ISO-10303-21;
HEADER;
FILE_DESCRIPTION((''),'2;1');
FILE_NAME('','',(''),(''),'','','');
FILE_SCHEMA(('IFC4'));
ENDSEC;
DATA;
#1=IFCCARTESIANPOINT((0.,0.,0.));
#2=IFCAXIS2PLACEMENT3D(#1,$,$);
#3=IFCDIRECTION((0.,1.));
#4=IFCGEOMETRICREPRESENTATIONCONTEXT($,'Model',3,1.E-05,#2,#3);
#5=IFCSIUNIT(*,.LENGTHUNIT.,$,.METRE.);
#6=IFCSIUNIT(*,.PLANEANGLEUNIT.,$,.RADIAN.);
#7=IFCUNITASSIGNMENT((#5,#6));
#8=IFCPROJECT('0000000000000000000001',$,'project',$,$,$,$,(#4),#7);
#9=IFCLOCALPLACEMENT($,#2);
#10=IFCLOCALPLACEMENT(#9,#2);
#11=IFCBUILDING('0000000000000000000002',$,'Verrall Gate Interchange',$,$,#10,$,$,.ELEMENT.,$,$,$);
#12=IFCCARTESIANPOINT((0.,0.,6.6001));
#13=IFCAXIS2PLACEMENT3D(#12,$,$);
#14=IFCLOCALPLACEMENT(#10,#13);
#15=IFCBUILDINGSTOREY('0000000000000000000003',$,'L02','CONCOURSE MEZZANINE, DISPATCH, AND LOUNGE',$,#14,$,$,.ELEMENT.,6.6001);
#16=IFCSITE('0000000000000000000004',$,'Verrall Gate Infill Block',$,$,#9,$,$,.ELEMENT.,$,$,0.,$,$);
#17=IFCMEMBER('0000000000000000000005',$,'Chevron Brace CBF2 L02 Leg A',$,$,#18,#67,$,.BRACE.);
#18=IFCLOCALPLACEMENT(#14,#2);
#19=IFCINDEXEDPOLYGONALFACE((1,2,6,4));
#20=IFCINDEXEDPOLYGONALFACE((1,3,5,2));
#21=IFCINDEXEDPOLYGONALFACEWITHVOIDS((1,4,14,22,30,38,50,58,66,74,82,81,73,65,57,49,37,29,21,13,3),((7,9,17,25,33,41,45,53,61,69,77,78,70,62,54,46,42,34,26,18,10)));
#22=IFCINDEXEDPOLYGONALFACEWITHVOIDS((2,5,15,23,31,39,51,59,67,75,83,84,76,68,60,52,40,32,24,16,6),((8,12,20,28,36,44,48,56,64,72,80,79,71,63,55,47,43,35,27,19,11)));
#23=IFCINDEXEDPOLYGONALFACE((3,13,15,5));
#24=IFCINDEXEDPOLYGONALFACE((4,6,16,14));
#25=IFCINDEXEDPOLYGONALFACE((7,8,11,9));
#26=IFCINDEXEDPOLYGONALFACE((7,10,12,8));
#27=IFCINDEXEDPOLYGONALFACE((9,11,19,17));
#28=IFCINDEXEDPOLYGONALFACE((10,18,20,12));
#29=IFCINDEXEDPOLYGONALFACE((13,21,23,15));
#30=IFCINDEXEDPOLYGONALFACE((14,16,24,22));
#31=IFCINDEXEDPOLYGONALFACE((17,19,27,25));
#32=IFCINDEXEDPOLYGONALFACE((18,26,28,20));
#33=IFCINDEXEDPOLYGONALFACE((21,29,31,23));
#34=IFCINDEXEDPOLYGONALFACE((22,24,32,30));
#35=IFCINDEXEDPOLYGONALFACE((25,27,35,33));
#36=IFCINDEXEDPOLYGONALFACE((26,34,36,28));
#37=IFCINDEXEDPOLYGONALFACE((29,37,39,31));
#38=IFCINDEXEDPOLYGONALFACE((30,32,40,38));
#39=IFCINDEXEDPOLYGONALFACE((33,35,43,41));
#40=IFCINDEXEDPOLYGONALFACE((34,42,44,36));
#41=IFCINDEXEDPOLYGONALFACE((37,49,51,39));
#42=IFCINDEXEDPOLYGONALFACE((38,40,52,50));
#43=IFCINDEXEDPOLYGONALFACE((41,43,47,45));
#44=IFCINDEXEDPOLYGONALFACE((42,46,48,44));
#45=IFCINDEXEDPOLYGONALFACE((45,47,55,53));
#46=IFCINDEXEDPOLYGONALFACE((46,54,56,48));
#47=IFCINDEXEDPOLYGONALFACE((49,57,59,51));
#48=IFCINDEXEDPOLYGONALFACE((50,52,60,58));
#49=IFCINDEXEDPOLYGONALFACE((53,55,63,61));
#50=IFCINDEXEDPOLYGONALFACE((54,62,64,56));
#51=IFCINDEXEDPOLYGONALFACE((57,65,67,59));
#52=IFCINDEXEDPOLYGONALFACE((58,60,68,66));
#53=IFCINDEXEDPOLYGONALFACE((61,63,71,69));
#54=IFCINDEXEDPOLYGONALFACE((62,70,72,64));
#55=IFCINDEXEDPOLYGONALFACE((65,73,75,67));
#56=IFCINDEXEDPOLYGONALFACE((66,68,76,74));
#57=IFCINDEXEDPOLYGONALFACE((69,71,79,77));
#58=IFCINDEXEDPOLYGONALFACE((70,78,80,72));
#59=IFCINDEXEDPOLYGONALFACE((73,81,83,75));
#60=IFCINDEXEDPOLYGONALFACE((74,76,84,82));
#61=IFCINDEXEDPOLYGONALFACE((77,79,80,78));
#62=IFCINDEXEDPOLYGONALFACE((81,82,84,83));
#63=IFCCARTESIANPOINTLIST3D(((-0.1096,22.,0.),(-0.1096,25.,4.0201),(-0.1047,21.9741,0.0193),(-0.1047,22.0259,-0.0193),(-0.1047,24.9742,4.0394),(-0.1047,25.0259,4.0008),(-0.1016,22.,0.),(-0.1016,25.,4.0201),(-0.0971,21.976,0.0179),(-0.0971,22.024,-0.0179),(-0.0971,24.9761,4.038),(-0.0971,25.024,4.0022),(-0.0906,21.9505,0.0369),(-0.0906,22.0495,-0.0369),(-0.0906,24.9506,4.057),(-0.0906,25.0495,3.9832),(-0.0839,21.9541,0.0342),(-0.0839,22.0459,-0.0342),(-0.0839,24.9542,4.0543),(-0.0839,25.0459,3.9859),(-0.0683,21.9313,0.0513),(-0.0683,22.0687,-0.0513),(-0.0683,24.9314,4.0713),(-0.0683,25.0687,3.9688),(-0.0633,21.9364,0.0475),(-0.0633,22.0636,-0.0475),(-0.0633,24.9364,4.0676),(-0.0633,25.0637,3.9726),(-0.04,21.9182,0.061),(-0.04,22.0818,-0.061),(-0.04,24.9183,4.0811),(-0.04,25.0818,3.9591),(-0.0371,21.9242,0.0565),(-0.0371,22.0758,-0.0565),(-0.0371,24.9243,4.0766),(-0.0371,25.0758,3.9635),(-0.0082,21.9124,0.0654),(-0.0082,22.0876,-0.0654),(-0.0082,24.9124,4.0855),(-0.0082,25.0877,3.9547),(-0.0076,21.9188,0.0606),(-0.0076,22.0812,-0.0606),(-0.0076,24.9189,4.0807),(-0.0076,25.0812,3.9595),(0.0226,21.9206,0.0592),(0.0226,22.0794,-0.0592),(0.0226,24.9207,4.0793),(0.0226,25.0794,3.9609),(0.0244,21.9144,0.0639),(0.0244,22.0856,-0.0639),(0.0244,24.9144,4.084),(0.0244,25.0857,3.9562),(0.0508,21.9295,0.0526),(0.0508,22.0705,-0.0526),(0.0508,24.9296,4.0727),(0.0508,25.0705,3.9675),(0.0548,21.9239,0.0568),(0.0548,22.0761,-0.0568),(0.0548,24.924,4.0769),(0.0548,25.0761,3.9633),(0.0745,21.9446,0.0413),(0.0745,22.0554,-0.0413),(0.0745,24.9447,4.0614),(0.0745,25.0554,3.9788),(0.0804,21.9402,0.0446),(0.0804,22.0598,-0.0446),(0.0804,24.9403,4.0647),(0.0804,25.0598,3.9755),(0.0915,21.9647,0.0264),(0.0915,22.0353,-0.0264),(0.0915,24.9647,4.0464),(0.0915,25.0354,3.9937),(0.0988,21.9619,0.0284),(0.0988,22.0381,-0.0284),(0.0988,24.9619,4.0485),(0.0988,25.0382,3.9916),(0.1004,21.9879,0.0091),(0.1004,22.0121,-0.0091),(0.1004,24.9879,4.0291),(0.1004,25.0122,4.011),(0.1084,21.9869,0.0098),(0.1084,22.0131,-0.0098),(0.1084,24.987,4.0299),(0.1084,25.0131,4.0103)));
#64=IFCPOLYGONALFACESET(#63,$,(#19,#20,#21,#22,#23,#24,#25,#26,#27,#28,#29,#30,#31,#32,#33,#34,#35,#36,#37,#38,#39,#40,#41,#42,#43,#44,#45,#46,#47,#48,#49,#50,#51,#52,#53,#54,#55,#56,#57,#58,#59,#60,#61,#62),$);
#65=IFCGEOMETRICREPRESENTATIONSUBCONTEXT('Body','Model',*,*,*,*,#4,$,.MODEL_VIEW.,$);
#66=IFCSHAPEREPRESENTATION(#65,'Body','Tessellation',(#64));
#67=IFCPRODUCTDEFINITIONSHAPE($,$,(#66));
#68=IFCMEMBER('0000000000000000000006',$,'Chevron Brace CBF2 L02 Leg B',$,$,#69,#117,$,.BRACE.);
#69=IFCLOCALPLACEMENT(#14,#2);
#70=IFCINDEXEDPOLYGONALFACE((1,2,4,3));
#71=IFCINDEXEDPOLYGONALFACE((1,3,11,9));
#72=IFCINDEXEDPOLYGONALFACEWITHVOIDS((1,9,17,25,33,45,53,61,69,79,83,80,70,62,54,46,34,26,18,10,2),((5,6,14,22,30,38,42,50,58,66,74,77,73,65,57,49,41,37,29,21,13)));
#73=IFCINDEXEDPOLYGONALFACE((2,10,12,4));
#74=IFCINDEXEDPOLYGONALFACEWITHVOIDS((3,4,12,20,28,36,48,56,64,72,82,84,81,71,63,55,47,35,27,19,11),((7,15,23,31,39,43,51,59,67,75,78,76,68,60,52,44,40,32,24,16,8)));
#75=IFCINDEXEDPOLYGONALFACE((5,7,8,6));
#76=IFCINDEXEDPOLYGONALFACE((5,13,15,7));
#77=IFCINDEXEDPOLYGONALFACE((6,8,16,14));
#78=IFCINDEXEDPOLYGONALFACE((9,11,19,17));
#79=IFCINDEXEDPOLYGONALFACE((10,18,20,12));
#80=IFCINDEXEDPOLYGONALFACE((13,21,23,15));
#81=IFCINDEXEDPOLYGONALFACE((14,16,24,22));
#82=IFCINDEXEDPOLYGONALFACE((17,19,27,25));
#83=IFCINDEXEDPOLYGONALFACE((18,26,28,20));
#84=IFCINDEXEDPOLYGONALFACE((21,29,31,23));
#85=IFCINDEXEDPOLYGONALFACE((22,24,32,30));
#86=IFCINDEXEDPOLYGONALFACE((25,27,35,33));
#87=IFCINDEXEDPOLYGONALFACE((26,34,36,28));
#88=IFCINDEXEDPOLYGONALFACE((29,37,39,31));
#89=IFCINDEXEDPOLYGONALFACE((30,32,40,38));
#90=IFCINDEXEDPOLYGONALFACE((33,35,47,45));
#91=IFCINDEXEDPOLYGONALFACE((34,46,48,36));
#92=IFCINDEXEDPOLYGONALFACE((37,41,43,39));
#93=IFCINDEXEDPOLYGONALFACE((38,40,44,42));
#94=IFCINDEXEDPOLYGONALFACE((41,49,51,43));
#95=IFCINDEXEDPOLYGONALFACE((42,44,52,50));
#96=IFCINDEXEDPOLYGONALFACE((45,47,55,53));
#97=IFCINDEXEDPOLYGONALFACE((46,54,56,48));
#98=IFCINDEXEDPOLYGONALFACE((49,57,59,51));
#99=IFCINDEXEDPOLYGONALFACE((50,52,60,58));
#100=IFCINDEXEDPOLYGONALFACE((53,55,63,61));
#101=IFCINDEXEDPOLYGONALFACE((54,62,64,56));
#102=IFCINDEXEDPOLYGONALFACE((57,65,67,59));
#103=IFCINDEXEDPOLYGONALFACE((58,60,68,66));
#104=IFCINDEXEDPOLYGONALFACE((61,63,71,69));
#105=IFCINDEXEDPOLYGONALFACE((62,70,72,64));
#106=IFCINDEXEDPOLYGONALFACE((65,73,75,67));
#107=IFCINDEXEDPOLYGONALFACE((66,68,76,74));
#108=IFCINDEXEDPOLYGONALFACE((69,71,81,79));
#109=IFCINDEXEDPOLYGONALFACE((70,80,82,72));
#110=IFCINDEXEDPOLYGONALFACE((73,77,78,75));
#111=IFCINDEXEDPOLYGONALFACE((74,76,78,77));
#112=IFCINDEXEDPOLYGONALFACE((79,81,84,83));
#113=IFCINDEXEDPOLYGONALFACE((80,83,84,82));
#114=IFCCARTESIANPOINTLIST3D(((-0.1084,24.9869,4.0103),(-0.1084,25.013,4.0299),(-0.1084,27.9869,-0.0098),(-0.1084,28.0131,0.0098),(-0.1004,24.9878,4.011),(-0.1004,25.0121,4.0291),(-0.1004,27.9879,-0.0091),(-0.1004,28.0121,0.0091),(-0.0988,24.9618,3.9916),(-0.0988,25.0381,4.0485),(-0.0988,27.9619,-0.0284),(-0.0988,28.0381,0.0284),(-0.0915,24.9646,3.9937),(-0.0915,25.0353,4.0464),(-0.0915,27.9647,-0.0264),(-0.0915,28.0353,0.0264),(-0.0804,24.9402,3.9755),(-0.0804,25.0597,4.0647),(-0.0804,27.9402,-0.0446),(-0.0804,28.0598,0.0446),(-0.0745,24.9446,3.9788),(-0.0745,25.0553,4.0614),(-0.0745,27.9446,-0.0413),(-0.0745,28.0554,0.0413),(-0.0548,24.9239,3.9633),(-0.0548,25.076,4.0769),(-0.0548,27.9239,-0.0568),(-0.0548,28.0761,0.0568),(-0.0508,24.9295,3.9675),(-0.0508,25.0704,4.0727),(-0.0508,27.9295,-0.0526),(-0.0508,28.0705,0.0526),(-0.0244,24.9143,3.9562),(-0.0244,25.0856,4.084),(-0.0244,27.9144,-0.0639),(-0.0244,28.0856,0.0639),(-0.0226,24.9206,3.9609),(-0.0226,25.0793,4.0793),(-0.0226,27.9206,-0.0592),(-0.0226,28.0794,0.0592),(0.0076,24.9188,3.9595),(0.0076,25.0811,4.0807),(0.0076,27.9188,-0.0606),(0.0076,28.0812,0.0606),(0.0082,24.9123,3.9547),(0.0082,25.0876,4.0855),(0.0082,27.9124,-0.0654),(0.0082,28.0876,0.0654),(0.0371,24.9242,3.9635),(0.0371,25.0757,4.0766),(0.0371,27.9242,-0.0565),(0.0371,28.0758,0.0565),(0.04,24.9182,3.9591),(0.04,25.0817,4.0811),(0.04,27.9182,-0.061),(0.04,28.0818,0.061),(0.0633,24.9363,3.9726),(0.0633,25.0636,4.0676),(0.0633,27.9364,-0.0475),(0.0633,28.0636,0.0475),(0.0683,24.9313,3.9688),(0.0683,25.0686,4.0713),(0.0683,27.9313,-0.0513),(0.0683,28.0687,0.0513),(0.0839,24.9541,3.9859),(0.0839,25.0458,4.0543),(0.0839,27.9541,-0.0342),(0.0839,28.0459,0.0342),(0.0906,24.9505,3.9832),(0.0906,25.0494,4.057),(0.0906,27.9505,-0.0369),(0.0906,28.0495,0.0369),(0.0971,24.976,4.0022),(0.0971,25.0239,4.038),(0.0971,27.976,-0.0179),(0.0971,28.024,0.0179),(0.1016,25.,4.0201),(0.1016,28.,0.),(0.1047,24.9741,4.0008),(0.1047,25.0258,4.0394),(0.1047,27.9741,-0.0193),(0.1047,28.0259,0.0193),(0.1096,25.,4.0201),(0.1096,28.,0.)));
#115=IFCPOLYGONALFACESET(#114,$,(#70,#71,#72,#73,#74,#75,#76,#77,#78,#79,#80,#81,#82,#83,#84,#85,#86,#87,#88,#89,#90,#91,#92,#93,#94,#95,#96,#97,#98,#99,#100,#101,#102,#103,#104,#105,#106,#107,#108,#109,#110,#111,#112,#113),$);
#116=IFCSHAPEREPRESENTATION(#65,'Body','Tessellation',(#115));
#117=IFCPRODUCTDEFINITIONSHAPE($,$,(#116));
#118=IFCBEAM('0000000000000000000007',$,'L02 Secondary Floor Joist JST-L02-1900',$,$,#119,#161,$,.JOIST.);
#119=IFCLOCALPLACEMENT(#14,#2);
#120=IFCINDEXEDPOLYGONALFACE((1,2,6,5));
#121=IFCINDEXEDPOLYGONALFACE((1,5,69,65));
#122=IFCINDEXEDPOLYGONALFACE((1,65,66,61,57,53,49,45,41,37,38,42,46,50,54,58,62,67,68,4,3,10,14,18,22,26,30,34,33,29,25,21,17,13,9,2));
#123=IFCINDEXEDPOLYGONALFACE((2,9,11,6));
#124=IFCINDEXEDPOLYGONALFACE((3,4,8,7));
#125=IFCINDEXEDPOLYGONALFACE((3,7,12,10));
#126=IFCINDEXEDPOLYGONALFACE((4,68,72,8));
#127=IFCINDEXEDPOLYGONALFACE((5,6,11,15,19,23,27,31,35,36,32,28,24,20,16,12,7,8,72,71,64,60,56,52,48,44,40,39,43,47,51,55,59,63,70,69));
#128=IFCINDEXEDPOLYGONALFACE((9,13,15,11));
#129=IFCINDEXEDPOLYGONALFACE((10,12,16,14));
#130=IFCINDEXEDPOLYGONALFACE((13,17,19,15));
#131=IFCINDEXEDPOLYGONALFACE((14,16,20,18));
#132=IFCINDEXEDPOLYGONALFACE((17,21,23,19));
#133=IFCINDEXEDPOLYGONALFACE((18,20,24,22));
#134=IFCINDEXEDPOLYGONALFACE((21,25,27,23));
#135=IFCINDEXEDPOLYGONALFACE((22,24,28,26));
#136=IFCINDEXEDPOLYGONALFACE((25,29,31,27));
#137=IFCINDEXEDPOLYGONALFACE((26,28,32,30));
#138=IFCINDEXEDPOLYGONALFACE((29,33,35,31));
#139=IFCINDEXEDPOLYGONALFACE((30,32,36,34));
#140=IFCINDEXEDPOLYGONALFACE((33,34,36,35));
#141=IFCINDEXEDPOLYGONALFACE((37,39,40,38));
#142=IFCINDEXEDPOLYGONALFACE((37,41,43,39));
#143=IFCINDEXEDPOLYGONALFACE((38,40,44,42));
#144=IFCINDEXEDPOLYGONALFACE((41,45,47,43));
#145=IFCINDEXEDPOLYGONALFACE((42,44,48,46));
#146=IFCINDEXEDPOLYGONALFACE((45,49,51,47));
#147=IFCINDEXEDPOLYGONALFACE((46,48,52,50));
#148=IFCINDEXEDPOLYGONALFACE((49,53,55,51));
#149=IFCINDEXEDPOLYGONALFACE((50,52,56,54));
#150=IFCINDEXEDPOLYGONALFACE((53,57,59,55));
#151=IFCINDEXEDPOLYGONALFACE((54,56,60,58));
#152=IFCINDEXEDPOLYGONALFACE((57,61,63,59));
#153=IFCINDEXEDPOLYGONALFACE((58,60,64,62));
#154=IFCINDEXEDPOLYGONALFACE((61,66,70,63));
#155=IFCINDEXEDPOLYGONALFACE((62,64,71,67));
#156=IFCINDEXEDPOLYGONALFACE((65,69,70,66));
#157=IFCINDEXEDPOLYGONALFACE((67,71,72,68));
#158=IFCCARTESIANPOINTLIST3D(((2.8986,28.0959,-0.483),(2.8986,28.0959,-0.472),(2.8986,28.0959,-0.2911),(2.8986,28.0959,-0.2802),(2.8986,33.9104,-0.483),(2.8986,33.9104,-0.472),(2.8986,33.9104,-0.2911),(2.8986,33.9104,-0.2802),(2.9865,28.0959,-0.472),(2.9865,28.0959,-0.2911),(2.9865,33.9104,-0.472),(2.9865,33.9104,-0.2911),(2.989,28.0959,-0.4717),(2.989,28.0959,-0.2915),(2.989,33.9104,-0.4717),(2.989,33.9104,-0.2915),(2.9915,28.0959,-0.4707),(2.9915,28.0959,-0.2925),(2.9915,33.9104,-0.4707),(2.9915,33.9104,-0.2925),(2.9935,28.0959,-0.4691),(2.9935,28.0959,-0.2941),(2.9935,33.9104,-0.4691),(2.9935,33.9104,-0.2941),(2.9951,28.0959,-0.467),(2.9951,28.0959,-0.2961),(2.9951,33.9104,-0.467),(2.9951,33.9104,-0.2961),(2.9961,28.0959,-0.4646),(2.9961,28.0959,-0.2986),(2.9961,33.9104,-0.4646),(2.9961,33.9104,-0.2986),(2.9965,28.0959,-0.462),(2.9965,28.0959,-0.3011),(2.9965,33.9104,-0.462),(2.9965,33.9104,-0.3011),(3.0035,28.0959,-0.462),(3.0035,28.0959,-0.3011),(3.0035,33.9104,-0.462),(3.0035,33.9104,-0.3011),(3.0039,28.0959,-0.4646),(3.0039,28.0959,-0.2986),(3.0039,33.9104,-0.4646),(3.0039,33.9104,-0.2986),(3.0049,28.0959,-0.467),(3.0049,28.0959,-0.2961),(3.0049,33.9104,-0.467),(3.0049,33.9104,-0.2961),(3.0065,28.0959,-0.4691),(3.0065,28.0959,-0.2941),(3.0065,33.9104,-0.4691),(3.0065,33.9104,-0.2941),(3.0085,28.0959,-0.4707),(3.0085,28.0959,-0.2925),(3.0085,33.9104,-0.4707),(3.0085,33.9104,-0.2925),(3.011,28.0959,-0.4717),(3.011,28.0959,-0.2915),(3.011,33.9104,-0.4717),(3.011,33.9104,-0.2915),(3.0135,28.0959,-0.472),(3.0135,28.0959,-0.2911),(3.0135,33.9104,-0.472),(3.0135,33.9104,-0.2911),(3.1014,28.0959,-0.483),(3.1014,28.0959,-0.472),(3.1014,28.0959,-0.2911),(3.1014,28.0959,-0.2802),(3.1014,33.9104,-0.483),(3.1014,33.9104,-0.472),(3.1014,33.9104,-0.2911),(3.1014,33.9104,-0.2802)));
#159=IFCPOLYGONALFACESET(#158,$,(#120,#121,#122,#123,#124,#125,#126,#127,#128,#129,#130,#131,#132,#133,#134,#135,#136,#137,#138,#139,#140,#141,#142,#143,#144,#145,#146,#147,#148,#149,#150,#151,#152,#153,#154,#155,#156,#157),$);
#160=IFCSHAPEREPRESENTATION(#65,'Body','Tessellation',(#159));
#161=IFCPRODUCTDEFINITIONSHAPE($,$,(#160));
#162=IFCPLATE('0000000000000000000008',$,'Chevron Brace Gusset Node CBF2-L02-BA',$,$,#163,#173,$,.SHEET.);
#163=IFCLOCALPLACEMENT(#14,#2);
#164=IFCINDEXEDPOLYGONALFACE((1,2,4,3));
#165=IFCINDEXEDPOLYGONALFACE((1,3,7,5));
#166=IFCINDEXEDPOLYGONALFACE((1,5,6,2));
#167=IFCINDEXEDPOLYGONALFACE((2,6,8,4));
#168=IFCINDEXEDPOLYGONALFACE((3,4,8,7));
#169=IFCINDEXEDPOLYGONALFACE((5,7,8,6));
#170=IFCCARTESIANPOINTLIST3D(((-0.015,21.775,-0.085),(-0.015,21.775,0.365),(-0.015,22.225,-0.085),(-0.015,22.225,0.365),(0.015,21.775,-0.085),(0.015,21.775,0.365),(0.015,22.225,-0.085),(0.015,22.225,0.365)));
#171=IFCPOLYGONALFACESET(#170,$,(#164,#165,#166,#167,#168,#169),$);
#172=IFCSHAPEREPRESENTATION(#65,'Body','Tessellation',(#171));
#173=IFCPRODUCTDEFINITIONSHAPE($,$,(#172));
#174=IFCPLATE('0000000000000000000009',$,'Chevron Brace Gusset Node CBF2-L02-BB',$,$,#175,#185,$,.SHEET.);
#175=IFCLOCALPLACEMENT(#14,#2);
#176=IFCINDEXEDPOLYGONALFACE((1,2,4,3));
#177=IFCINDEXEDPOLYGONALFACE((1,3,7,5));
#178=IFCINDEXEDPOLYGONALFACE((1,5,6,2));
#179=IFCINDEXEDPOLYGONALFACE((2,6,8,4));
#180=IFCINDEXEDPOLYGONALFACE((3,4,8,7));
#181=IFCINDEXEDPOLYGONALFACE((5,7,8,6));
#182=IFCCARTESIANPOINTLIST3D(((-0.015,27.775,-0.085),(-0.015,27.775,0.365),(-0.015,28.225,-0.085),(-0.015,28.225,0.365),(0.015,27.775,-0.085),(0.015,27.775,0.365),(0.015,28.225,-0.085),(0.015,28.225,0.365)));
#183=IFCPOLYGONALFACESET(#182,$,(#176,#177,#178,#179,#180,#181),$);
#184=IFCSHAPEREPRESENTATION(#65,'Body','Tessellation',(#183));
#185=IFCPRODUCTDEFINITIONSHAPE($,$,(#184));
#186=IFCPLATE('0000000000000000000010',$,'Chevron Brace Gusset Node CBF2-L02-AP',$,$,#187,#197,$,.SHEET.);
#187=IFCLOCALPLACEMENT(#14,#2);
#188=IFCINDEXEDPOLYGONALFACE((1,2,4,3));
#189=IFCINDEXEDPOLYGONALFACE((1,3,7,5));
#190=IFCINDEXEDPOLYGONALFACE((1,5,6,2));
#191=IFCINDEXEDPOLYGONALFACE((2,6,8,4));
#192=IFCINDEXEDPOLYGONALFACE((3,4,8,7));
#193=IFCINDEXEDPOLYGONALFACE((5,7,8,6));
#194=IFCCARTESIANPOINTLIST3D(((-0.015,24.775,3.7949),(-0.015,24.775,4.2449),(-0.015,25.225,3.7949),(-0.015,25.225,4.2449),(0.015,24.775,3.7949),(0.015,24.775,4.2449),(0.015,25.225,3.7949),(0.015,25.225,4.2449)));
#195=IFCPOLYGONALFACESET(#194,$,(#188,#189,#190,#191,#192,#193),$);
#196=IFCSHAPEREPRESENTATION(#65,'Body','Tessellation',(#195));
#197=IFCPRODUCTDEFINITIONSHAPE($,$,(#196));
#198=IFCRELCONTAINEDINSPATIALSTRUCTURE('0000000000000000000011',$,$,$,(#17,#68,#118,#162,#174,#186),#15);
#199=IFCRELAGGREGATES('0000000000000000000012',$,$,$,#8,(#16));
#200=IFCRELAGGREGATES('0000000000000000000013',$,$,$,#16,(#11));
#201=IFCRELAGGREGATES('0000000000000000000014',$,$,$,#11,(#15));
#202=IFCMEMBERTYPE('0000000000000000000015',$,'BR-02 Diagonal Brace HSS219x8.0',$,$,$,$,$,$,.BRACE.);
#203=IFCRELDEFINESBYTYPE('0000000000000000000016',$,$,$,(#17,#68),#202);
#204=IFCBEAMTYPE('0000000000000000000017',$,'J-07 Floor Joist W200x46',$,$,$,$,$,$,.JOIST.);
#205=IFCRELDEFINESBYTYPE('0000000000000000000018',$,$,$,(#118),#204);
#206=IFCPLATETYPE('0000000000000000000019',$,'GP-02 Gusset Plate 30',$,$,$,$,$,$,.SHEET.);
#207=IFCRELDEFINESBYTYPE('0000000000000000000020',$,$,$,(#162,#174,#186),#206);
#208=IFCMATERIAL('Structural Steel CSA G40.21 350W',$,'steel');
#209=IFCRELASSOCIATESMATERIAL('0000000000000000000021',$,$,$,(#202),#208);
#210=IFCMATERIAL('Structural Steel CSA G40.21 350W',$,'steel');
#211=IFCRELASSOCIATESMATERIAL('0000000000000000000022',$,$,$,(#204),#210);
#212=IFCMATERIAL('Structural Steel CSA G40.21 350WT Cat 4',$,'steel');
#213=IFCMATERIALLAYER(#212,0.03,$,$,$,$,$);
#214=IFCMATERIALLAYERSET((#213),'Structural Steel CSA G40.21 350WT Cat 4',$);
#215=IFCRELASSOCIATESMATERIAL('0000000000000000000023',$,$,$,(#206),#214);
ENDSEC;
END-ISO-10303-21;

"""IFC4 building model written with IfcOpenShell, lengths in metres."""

from ifc_helpers import new_model, si_unit, direction, frame, origin, origin_2d, place, context, subcontext, project, spatial, rectangle, hollow_circle, i_section, extrude, material, layer, layer_set, material_profile, profile_set, type_object, element, save


model = new_model("IFC4")

# Units and contexts
model_context = context("Model", 3, precision=1e-05, world=origin(), true_north=direction((0.0, 1.0)))
body_context = subcontext(model_context, "Body", "Model", "MODEL_VIEW")
ifc_project = project(units=[si_unit("LENGTHUNIT", "METRE"), si_unit("PLANEANGLEUNIT", "RADIAN")], contexts=[model_context])

# Site, building, storey
site_placement = place(None, origin())
site = spatial("IfcSite", under=ifc_project, at=site_placement, Name="Verrall Gate Infill Block", CompositionType="ELEMENT", RefElevation=0.0)
building_placement = place(site_placement, origin())
building = spatial("IfcBuilding", under=site, at=building_placement, Name="Verrall Gate Interchange", CompositionType="ELEMENT")
storey_placement = place(building_placement, frame((0.0, 0.0, 6.6001)))
storey = spatial("IfcBuildingStorey", under=building, at=storey_placement, Name="L02", Description="CONCOURSE MEZZANINE, DISPATCH, AND LOUNGE", CompositionType="ELEMENT", Elevation=6.6001)

# Members
ifc_material_1 = material(Name="Structural Steel CSA G40.21 350W", Category="steel")
ifc_material_profile_1 = material_profile(ifc_material_1, hollow_circle(Radius=0.1096, WallThickness=0.0081, at=origin_2d()), Name="HSS219x8.0")
ifc_profile_set_1 = profile_set([ifc_material_profile_1], Name="Structural Steel CSA G40.21 350W")
member_type = type_object("IfcMemberType", Name="BR-02 Diagonal Brace HSS219x8.0", PredefinedType="BRACE", material=ifc_profile_set_1)
for number, where, z_axis, x_axis, name in (
    (1, (0.0, 22.0, 0.0), (0.0, 0.598083, 0.801435), (-1.0, 0.0, 0.0), "Chevron Brace CBF2 L02 Leg A"),
    (2, (0.0, 28.0, 0.0), (0.0, -0.598083, 0.801435), (1.0, 0.0, 0.0), "Chevron Brace CBF2 L02 Leg B"),
):
    element("IfcMember", number, at=place(storey_placement, frame(where, z_axis=z_axis, x_axis=x_axis)), inside=storey, type_object=member_type, Name=name, PredefinedType="BRACE", context=body_context, shape_type="SweptSolid", body=[
        extrude(hollow_circle(Radius=0.1096, WallThickness=0.0081, at=origin_2d()), origin(), (0.0, 0.0, 1.0), 5.0161),
    ])

# Beam
ifc_material_2 = material(Name="Structural Steel CSA G40.21 350W", Category="steel")
ifc_material_profile_2 = material_profile(ifc_material_2, i_section(OverallWidth=0.2029, OverallDepth=0.2029, WebThickness=0.0071, FlangeThickness=0.011, FilletRadius=0.01, at=origin_2d()), Name="W200x46")
ifc_profile_set_2 = profile_set([ifc_material_profile_2], Name="Structural Steel CSA G40.21 350W")
beam_type_1 = type_object("IfcBeamType", Name="J-07 Floor Joist W200x46", PredefinedType="JOIST", material=ifc_profile_set_2)
beam_1_placement = place(storey_placement, frame((3.0, 28.0959, -0.3816), z_axis=(0.0, 1.0, 0.0), x_axis=(-1.0, 0.0, 0.0)))
element("IfcBeam", 3, at=beam_1_placement, inside=storey, type_object=beam_type_1, Name="L02 Secondary Floor Joist JST-L02-1900", PredefinedType="JOIST", context=body_context, shape_type="SweptSolid", body=[
    extrude(i_section(OverallWidth=0.2029, OverallDepth=0.2029, WebThickness=0.0071, FlangeThickness=0.011, FilletRadius=0.01, at=origin_2d()), origin(), (0.0, 0.0, 1.0), 5.8145),
])

# Plates
ifc_material_3 = material(Name="Structural Steel CSA G40.21 350WT Cat 4", Category="steel")
ifc_layer_1 = layer(ifc_material_3, 0.03)
ifc_layer_set_1 = layer_set([ifc_layer_1], Name="Structural Steel CSA G40.21 350WT Cat 4")
plate_type = type_object("IfcPlateType", Name="GP-02 Gusset Plate 30", PredefinedType="SHEET", material=ifc_layer_set_1)
for number, where, z_axis, x_axis, name in (
    (4, (0.0, 22.0, -0.085), (0.0, 0.0, 1.0), (1.0, 0.0, 0.0), "Chevron Brace Gusset Node CBF2-L02-BA"),
    (5, (0.0, 28.0, -0.085), (0.0, 0.0, 1.0), (1.0, 0.0, 0.0), "Chevron Brace Gusset Node CBF2-L02-BB"),
    (6, (0.0, 25.0, 3.7949), (0.0, 0.0, 1.0), (1.0, 0.0, 0.0), "Chevron Brace Gusset Node CBF2-L02-AP"),
):
    element("IfcPlate", number, at=place(storey_placement, frame(where, z_axis=z_axis, x_axis=x_axis)), inside=storey, type_object=plate_type, Name=name, PredefinedType="SHEET", context=body_context, shape_type="SweptSolid", body=[
        extrude(rectangle(XDim=0.03, YDim=0.45, at=origin_2d()), origin(), (0.0, 0.0, 1.0), 0.45),
    ])

save(model, "model.ifc")
